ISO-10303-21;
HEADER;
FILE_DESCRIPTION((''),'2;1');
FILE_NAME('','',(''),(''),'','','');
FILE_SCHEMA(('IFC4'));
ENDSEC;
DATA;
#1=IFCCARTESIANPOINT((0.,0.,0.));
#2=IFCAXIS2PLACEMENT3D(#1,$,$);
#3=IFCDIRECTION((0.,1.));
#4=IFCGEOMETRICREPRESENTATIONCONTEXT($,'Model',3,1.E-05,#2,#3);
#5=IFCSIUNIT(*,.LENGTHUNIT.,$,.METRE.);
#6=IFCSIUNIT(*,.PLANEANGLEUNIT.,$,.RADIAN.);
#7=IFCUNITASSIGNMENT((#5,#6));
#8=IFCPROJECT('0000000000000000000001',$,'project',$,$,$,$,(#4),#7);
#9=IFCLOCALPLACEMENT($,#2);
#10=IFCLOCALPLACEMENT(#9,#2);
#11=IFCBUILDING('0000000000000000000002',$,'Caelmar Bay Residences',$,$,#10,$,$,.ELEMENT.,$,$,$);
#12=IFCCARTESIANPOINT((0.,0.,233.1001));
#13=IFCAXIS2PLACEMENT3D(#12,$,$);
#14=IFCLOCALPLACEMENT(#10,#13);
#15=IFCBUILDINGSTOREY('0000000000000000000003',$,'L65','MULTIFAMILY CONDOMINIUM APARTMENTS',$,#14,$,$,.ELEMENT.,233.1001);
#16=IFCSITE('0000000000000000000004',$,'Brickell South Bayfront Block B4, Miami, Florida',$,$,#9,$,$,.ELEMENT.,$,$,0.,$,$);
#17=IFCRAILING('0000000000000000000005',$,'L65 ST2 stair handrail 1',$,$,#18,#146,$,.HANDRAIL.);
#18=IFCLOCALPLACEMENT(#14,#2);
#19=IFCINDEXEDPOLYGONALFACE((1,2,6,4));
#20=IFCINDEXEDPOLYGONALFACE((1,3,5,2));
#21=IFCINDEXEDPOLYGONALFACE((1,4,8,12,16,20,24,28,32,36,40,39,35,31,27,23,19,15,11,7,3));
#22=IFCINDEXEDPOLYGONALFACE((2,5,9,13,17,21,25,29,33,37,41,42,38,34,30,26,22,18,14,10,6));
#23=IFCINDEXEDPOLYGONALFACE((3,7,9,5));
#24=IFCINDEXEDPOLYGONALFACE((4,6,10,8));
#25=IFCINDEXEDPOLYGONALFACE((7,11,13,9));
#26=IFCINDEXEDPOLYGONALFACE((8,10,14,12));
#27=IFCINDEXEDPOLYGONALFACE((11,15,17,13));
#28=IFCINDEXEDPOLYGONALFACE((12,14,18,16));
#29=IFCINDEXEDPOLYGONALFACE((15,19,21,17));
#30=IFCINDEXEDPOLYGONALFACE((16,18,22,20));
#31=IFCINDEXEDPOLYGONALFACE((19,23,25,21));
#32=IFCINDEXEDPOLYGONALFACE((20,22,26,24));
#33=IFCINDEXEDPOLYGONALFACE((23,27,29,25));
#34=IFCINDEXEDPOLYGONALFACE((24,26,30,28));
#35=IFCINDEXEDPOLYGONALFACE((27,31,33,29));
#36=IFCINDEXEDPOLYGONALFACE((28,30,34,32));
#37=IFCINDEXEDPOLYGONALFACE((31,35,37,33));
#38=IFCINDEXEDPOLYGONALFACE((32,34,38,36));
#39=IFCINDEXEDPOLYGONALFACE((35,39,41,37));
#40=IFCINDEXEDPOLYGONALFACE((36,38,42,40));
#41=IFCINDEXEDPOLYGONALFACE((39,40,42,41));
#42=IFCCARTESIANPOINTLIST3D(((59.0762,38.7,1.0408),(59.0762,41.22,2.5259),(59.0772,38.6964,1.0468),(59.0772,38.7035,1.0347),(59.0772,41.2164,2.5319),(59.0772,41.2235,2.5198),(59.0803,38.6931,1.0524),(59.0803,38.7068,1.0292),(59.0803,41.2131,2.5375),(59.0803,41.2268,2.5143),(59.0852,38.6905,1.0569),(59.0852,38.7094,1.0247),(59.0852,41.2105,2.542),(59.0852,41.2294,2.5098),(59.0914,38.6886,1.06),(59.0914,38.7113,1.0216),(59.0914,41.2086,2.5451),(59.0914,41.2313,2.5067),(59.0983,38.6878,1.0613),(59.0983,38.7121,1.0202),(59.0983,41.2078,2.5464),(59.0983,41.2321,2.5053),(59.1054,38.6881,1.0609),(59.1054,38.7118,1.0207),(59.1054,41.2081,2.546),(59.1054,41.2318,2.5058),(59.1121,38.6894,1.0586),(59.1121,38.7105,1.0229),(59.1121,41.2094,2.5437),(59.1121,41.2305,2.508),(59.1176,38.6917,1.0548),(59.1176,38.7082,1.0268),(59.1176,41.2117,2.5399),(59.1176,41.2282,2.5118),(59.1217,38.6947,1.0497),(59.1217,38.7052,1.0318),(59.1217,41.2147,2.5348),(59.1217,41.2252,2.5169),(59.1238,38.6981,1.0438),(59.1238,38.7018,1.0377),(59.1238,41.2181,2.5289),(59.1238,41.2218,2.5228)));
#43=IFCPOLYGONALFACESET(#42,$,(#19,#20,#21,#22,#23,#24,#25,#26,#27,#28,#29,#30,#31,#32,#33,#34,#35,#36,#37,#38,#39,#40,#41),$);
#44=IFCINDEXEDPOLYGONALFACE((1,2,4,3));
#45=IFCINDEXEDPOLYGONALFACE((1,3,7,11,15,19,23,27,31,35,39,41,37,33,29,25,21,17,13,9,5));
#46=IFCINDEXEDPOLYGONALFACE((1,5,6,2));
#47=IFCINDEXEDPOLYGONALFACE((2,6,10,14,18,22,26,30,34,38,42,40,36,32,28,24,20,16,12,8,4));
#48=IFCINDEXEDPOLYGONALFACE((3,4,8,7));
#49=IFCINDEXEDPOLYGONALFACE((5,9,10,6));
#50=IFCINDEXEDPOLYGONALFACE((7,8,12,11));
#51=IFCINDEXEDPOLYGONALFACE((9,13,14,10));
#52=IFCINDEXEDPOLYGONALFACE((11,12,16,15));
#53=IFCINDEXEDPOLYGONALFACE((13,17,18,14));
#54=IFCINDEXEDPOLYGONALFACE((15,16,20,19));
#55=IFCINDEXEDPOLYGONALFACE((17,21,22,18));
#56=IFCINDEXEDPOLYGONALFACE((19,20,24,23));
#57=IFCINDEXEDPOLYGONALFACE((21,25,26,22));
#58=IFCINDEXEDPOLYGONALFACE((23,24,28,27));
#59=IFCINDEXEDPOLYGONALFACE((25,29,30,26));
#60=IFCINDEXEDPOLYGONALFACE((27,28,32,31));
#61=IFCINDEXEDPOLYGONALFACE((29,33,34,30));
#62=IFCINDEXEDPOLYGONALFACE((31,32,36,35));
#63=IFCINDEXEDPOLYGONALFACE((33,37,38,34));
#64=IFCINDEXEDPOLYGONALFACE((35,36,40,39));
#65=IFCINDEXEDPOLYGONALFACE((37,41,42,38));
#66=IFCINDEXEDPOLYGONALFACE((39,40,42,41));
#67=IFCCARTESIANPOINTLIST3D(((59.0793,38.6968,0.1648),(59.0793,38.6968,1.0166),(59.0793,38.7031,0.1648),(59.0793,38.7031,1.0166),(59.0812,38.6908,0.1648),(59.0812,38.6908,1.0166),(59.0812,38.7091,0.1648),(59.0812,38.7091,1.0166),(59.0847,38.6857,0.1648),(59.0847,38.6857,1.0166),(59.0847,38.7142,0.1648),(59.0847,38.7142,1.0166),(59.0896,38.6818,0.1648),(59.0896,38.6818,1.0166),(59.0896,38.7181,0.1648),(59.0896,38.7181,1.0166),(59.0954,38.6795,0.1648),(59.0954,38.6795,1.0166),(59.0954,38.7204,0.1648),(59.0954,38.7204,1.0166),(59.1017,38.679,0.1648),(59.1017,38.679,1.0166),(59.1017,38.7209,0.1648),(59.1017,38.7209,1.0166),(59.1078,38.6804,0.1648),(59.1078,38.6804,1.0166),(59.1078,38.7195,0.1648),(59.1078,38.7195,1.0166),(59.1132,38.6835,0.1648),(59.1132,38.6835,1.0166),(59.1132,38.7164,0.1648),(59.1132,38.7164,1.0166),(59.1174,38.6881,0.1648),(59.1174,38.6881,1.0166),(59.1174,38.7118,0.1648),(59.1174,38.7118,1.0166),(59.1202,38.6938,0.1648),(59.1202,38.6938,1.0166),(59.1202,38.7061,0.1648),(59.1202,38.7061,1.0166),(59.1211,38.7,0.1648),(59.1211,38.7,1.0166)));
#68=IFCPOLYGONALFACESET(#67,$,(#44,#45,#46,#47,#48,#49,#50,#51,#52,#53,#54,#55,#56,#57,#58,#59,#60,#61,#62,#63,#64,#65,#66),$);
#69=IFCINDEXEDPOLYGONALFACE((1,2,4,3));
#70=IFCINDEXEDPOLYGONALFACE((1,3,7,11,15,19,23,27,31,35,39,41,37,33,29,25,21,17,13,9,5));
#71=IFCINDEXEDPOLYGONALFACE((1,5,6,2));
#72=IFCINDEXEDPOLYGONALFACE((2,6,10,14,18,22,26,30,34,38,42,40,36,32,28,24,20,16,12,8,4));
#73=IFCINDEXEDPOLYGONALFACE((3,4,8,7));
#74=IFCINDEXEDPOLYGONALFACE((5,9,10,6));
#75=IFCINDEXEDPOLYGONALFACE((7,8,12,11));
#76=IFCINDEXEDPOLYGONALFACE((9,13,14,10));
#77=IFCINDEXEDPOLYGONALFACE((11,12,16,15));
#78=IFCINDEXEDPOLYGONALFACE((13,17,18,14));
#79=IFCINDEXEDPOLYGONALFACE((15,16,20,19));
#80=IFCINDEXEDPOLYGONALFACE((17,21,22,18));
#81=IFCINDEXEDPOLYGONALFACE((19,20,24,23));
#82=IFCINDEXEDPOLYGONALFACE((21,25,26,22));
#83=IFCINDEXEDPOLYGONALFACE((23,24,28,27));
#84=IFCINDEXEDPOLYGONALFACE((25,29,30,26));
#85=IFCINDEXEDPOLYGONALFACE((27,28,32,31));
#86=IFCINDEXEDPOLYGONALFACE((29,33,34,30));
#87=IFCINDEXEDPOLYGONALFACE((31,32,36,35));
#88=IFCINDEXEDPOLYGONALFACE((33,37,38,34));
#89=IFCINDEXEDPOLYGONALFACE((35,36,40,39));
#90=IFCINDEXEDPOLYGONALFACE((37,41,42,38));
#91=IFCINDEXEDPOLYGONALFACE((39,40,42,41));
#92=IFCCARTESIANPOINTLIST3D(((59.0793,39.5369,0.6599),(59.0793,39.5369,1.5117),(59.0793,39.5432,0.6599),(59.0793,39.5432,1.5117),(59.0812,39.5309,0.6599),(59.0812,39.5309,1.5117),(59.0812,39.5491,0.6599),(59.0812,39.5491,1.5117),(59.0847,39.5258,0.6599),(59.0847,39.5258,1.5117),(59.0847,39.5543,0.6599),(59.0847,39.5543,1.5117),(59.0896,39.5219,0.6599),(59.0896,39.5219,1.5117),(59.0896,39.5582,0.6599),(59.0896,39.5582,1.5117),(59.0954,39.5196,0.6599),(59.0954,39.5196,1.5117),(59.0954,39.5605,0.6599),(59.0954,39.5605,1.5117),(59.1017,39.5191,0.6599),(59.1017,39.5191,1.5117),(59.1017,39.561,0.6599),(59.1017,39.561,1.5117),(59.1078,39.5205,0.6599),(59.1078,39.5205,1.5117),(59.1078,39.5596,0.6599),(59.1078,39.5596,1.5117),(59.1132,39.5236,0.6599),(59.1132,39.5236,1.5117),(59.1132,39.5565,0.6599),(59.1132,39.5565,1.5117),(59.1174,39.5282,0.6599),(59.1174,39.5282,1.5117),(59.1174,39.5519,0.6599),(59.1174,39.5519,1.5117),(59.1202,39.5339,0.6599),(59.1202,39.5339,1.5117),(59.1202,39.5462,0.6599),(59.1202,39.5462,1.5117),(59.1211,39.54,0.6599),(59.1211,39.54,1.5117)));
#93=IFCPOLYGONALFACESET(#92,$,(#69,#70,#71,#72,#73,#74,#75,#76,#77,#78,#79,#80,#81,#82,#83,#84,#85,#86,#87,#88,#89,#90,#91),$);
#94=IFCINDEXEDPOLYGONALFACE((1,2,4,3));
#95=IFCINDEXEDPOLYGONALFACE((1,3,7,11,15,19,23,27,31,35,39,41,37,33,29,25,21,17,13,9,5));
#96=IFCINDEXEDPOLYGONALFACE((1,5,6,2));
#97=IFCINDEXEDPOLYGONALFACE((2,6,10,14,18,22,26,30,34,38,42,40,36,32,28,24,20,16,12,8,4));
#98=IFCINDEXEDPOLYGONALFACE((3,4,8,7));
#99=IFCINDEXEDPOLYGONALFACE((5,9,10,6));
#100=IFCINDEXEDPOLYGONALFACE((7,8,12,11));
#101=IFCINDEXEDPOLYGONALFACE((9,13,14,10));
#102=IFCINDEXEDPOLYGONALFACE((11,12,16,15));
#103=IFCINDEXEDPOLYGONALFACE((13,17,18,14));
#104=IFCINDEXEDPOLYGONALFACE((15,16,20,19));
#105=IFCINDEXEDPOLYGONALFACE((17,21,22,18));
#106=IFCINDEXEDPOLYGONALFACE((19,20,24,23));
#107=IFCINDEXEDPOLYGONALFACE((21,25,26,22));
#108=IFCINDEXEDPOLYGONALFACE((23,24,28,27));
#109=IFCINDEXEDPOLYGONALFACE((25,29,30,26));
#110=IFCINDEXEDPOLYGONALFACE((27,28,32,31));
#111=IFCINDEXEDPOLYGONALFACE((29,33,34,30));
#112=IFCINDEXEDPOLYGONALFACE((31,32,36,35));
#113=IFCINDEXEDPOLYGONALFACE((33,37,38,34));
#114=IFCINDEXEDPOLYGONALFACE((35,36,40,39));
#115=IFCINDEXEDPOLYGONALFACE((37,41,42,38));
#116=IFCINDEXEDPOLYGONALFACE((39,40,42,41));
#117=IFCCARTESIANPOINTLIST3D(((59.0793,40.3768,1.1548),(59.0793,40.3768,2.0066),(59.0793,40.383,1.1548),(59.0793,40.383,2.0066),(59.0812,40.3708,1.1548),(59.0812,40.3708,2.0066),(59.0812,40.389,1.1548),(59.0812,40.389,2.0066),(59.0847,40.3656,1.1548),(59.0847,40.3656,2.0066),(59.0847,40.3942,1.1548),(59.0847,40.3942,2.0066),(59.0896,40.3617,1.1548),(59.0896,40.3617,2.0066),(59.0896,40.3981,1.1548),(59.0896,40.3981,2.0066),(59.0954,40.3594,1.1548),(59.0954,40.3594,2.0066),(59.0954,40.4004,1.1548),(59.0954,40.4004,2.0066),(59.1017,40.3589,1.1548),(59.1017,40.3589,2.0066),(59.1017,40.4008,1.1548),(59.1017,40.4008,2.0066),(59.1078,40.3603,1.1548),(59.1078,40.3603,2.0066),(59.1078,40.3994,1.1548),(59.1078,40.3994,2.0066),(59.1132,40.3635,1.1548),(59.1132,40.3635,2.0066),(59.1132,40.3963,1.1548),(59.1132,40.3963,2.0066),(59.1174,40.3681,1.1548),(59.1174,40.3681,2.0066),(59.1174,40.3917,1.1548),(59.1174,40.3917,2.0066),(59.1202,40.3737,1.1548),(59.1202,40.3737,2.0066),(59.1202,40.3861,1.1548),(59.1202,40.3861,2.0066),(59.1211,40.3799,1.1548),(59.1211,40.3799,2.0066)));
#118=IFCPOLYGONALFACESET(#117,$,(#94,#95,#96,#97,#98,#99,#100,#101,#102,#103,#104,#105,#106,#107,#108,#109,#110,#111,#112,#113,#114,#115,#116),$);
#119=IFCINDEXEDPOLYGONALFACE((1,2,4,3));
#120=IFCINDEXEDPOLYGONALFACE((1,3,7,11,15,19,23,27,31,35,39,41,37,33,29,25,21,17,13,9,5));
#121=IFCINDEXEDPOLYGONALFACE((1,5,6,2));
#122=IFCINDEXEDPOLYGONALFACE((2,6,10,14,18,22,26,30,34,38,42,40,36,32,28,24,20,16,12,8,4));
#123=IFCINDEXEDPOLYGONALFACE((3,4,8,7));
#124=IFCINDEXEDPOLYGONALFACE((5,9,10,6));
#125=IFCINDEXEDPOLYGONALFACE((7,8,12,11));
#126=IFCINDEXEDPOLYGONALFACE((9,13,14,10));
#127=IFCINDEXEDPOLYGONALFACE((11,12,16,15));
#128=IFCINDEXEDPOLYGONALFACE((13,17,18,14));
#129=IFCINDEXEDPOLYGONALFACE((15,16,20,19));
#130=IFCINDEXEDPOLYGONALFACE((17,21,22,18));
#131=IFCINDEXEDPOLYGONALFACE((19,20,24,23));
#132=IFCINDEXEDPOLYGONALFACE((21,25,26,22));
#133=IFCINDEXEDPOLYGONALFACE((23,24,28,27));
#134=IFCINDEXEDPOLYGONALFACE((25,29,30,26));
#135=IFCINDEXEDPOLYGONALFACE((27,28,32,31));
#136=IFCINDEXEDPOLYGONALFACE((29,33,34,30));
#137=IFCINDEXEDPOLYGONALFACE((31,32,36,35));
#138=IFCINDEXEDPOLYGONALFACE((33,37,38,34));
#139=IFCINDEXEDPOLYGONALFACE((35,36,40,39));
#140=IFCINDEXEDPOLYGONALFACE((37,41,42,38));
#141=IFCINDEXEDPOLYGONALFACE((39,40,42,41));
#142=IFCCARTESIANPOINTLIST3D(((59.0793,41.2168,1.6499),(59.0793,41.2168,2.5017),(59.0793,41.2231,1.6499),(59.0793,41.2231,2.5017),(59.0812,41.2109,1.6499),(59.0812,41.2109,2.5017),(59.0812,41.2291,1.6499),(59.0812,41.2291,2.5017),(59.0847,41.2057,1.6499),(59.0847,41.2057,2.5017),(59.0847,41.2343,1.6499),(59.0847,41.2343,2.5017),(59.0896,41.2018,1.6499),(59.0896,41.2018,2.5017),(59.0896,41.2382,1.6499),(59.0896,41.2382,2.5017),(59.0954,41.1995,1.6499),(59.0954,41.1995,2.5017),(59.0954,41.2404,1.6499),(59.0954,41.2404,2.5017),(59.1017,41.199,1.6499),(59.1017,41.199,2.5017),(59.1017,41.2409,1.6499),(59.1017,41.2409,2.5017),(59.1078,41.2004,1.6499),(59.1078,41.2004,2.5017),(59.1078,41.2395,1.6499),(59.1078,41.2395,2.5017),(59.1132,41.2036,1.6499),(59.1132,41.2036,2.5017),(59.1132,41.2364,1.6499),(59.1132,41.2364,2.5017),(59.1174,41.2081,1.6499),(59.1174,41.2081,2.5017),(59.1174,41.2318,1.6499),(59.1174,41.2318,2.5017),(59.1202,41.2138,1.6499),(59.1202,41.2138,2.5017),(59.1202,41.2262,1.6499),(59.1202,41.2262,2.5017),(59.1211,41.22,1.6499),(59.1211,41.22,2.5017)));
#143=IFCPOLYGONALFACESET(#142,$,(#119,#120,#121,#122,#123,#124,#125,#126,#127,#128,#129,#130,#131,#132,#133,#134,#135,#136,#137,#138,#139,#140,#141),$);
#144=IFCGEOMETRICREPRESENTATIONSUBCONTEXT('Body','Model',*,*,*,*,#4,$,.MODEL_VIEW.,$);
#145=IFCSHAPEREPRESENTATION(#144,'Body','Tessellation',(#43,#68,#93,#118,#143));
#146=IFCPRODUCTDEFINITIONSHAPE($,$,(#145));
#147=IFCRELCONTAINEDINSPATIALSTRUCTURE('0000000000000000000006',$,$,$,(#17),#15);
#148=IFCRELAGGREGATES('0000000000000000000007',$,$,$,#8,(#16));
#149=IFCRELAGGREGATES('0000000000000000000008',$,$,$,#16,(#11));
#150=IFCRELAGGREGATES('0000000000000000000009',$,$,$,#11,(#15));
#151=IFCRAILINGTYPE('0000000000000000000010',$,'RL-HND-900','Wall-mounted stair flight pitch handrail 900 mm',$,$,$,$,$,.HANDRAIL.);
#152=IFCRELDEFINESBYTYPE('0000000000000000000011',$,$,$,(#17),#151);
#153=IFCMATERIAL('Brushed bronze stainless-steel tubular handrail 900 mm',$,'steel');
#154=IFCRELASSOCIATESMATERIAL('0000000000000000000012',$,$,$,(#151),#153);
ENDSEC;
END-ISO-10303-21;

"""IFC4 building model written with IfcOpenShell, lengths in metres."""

from ifc_helpers import new_model, si_unit, direction, frame, origin, origin_2d, place, context, subcontext, project, spatial, circle, extrude, material, type_object, element, save


model = new_model("IFC4")

# Units and contexts
model_context = context("Model", 3, precision=1e-05, world=origin(), true_north=direction((0.0, 1.0)))
body_context = subcontext(model_context, "Body", "Model", "MODEL_VIEW")
ifc_project = project(units=[si_unit("LENGTHUNIT", "METRE"), si_unit("PLANEANGLEUNIT", "RADIAN")], contexts=[model_context])

# Site, building, storey
site_placement = place(None, origin())
site = spatial("IfcSite", under=ifc_project, at=site_placement, Name="Brickell South Bayfront Block B4, Miami, Florida", CompositionType="ELEMENT", RefElevation=0.0)
building_placement = place(site_placement, origin())
building = spatial("IfcBuilding", under=site, at=building_placement, Name="Caelmar Bay Residences", CompositionType="ELEMENT")
storey_placement = place(building_placement, frame((0.0, 0.0, 233.1001)))
storey = spatial("IfcBuildingStorey", under=building, at=storey_placement, Name="L65", Description="MULTIFAMILY CONDOMINIUM APARTMENTS", CompositionType="ELEMENT", Elevation=233.1001)

# Railing
ifc_material_1 = material(Name="Brushed bronze stainless-steel tubular handrail 900 mm", Category="steel")
railing_type_1 = type_object("IfcRailingType", Name="RL-HND-900", Description="Wall-mounted stair flight pitch handrail 900 mm", PredefinedType="HANDRAIL", material=ifc_material_1)
railing_1_placement = place(storey_placement, frame((59.1001, 38.7, 0.1648)))
element("IfcRailing", 1, at=railing_1_placement, inside=storey, type_object=railing_type_1, Name="L65 ST2 stair handrail 1", PredefinedType="HANDRAIL", context=body_context, shape_type="SweptSolid", body=[
    extrude(circle(Radius=0.0239, at=origin_2d()), frame((0.0, 0.0, 0.876), z_axis=(0.0, 0.861524, 0.507717), x_axis=(-1.0, 0.0, 0.0)), (0.0, 0.0, 1.0), 2.925),
    extrude(circle(Radius=0.021, at=origin_2d()), origin(), (0.0, 0.0, 1.0), 0.8518),
    extrude(circle(Radius=0.021, at=origin_2d()), frame((0.0, 0.8401, 0.4951)), (0.0, 0.0, 1.0), 0.8518),
    extrude(circle(Radius=0.021, at=origin_2d()), frame((0.0, 1.6799, 0.99)), (0.0, 0.0, 1.0), 0.8518),
    extrude(circle(Radius=0.021, at=origin_2d()), frame((0.0, 2.52, 1.4851)), (0.0, 0.0, 1.0), 0.8518),
])

save(model, "model.ifc")
